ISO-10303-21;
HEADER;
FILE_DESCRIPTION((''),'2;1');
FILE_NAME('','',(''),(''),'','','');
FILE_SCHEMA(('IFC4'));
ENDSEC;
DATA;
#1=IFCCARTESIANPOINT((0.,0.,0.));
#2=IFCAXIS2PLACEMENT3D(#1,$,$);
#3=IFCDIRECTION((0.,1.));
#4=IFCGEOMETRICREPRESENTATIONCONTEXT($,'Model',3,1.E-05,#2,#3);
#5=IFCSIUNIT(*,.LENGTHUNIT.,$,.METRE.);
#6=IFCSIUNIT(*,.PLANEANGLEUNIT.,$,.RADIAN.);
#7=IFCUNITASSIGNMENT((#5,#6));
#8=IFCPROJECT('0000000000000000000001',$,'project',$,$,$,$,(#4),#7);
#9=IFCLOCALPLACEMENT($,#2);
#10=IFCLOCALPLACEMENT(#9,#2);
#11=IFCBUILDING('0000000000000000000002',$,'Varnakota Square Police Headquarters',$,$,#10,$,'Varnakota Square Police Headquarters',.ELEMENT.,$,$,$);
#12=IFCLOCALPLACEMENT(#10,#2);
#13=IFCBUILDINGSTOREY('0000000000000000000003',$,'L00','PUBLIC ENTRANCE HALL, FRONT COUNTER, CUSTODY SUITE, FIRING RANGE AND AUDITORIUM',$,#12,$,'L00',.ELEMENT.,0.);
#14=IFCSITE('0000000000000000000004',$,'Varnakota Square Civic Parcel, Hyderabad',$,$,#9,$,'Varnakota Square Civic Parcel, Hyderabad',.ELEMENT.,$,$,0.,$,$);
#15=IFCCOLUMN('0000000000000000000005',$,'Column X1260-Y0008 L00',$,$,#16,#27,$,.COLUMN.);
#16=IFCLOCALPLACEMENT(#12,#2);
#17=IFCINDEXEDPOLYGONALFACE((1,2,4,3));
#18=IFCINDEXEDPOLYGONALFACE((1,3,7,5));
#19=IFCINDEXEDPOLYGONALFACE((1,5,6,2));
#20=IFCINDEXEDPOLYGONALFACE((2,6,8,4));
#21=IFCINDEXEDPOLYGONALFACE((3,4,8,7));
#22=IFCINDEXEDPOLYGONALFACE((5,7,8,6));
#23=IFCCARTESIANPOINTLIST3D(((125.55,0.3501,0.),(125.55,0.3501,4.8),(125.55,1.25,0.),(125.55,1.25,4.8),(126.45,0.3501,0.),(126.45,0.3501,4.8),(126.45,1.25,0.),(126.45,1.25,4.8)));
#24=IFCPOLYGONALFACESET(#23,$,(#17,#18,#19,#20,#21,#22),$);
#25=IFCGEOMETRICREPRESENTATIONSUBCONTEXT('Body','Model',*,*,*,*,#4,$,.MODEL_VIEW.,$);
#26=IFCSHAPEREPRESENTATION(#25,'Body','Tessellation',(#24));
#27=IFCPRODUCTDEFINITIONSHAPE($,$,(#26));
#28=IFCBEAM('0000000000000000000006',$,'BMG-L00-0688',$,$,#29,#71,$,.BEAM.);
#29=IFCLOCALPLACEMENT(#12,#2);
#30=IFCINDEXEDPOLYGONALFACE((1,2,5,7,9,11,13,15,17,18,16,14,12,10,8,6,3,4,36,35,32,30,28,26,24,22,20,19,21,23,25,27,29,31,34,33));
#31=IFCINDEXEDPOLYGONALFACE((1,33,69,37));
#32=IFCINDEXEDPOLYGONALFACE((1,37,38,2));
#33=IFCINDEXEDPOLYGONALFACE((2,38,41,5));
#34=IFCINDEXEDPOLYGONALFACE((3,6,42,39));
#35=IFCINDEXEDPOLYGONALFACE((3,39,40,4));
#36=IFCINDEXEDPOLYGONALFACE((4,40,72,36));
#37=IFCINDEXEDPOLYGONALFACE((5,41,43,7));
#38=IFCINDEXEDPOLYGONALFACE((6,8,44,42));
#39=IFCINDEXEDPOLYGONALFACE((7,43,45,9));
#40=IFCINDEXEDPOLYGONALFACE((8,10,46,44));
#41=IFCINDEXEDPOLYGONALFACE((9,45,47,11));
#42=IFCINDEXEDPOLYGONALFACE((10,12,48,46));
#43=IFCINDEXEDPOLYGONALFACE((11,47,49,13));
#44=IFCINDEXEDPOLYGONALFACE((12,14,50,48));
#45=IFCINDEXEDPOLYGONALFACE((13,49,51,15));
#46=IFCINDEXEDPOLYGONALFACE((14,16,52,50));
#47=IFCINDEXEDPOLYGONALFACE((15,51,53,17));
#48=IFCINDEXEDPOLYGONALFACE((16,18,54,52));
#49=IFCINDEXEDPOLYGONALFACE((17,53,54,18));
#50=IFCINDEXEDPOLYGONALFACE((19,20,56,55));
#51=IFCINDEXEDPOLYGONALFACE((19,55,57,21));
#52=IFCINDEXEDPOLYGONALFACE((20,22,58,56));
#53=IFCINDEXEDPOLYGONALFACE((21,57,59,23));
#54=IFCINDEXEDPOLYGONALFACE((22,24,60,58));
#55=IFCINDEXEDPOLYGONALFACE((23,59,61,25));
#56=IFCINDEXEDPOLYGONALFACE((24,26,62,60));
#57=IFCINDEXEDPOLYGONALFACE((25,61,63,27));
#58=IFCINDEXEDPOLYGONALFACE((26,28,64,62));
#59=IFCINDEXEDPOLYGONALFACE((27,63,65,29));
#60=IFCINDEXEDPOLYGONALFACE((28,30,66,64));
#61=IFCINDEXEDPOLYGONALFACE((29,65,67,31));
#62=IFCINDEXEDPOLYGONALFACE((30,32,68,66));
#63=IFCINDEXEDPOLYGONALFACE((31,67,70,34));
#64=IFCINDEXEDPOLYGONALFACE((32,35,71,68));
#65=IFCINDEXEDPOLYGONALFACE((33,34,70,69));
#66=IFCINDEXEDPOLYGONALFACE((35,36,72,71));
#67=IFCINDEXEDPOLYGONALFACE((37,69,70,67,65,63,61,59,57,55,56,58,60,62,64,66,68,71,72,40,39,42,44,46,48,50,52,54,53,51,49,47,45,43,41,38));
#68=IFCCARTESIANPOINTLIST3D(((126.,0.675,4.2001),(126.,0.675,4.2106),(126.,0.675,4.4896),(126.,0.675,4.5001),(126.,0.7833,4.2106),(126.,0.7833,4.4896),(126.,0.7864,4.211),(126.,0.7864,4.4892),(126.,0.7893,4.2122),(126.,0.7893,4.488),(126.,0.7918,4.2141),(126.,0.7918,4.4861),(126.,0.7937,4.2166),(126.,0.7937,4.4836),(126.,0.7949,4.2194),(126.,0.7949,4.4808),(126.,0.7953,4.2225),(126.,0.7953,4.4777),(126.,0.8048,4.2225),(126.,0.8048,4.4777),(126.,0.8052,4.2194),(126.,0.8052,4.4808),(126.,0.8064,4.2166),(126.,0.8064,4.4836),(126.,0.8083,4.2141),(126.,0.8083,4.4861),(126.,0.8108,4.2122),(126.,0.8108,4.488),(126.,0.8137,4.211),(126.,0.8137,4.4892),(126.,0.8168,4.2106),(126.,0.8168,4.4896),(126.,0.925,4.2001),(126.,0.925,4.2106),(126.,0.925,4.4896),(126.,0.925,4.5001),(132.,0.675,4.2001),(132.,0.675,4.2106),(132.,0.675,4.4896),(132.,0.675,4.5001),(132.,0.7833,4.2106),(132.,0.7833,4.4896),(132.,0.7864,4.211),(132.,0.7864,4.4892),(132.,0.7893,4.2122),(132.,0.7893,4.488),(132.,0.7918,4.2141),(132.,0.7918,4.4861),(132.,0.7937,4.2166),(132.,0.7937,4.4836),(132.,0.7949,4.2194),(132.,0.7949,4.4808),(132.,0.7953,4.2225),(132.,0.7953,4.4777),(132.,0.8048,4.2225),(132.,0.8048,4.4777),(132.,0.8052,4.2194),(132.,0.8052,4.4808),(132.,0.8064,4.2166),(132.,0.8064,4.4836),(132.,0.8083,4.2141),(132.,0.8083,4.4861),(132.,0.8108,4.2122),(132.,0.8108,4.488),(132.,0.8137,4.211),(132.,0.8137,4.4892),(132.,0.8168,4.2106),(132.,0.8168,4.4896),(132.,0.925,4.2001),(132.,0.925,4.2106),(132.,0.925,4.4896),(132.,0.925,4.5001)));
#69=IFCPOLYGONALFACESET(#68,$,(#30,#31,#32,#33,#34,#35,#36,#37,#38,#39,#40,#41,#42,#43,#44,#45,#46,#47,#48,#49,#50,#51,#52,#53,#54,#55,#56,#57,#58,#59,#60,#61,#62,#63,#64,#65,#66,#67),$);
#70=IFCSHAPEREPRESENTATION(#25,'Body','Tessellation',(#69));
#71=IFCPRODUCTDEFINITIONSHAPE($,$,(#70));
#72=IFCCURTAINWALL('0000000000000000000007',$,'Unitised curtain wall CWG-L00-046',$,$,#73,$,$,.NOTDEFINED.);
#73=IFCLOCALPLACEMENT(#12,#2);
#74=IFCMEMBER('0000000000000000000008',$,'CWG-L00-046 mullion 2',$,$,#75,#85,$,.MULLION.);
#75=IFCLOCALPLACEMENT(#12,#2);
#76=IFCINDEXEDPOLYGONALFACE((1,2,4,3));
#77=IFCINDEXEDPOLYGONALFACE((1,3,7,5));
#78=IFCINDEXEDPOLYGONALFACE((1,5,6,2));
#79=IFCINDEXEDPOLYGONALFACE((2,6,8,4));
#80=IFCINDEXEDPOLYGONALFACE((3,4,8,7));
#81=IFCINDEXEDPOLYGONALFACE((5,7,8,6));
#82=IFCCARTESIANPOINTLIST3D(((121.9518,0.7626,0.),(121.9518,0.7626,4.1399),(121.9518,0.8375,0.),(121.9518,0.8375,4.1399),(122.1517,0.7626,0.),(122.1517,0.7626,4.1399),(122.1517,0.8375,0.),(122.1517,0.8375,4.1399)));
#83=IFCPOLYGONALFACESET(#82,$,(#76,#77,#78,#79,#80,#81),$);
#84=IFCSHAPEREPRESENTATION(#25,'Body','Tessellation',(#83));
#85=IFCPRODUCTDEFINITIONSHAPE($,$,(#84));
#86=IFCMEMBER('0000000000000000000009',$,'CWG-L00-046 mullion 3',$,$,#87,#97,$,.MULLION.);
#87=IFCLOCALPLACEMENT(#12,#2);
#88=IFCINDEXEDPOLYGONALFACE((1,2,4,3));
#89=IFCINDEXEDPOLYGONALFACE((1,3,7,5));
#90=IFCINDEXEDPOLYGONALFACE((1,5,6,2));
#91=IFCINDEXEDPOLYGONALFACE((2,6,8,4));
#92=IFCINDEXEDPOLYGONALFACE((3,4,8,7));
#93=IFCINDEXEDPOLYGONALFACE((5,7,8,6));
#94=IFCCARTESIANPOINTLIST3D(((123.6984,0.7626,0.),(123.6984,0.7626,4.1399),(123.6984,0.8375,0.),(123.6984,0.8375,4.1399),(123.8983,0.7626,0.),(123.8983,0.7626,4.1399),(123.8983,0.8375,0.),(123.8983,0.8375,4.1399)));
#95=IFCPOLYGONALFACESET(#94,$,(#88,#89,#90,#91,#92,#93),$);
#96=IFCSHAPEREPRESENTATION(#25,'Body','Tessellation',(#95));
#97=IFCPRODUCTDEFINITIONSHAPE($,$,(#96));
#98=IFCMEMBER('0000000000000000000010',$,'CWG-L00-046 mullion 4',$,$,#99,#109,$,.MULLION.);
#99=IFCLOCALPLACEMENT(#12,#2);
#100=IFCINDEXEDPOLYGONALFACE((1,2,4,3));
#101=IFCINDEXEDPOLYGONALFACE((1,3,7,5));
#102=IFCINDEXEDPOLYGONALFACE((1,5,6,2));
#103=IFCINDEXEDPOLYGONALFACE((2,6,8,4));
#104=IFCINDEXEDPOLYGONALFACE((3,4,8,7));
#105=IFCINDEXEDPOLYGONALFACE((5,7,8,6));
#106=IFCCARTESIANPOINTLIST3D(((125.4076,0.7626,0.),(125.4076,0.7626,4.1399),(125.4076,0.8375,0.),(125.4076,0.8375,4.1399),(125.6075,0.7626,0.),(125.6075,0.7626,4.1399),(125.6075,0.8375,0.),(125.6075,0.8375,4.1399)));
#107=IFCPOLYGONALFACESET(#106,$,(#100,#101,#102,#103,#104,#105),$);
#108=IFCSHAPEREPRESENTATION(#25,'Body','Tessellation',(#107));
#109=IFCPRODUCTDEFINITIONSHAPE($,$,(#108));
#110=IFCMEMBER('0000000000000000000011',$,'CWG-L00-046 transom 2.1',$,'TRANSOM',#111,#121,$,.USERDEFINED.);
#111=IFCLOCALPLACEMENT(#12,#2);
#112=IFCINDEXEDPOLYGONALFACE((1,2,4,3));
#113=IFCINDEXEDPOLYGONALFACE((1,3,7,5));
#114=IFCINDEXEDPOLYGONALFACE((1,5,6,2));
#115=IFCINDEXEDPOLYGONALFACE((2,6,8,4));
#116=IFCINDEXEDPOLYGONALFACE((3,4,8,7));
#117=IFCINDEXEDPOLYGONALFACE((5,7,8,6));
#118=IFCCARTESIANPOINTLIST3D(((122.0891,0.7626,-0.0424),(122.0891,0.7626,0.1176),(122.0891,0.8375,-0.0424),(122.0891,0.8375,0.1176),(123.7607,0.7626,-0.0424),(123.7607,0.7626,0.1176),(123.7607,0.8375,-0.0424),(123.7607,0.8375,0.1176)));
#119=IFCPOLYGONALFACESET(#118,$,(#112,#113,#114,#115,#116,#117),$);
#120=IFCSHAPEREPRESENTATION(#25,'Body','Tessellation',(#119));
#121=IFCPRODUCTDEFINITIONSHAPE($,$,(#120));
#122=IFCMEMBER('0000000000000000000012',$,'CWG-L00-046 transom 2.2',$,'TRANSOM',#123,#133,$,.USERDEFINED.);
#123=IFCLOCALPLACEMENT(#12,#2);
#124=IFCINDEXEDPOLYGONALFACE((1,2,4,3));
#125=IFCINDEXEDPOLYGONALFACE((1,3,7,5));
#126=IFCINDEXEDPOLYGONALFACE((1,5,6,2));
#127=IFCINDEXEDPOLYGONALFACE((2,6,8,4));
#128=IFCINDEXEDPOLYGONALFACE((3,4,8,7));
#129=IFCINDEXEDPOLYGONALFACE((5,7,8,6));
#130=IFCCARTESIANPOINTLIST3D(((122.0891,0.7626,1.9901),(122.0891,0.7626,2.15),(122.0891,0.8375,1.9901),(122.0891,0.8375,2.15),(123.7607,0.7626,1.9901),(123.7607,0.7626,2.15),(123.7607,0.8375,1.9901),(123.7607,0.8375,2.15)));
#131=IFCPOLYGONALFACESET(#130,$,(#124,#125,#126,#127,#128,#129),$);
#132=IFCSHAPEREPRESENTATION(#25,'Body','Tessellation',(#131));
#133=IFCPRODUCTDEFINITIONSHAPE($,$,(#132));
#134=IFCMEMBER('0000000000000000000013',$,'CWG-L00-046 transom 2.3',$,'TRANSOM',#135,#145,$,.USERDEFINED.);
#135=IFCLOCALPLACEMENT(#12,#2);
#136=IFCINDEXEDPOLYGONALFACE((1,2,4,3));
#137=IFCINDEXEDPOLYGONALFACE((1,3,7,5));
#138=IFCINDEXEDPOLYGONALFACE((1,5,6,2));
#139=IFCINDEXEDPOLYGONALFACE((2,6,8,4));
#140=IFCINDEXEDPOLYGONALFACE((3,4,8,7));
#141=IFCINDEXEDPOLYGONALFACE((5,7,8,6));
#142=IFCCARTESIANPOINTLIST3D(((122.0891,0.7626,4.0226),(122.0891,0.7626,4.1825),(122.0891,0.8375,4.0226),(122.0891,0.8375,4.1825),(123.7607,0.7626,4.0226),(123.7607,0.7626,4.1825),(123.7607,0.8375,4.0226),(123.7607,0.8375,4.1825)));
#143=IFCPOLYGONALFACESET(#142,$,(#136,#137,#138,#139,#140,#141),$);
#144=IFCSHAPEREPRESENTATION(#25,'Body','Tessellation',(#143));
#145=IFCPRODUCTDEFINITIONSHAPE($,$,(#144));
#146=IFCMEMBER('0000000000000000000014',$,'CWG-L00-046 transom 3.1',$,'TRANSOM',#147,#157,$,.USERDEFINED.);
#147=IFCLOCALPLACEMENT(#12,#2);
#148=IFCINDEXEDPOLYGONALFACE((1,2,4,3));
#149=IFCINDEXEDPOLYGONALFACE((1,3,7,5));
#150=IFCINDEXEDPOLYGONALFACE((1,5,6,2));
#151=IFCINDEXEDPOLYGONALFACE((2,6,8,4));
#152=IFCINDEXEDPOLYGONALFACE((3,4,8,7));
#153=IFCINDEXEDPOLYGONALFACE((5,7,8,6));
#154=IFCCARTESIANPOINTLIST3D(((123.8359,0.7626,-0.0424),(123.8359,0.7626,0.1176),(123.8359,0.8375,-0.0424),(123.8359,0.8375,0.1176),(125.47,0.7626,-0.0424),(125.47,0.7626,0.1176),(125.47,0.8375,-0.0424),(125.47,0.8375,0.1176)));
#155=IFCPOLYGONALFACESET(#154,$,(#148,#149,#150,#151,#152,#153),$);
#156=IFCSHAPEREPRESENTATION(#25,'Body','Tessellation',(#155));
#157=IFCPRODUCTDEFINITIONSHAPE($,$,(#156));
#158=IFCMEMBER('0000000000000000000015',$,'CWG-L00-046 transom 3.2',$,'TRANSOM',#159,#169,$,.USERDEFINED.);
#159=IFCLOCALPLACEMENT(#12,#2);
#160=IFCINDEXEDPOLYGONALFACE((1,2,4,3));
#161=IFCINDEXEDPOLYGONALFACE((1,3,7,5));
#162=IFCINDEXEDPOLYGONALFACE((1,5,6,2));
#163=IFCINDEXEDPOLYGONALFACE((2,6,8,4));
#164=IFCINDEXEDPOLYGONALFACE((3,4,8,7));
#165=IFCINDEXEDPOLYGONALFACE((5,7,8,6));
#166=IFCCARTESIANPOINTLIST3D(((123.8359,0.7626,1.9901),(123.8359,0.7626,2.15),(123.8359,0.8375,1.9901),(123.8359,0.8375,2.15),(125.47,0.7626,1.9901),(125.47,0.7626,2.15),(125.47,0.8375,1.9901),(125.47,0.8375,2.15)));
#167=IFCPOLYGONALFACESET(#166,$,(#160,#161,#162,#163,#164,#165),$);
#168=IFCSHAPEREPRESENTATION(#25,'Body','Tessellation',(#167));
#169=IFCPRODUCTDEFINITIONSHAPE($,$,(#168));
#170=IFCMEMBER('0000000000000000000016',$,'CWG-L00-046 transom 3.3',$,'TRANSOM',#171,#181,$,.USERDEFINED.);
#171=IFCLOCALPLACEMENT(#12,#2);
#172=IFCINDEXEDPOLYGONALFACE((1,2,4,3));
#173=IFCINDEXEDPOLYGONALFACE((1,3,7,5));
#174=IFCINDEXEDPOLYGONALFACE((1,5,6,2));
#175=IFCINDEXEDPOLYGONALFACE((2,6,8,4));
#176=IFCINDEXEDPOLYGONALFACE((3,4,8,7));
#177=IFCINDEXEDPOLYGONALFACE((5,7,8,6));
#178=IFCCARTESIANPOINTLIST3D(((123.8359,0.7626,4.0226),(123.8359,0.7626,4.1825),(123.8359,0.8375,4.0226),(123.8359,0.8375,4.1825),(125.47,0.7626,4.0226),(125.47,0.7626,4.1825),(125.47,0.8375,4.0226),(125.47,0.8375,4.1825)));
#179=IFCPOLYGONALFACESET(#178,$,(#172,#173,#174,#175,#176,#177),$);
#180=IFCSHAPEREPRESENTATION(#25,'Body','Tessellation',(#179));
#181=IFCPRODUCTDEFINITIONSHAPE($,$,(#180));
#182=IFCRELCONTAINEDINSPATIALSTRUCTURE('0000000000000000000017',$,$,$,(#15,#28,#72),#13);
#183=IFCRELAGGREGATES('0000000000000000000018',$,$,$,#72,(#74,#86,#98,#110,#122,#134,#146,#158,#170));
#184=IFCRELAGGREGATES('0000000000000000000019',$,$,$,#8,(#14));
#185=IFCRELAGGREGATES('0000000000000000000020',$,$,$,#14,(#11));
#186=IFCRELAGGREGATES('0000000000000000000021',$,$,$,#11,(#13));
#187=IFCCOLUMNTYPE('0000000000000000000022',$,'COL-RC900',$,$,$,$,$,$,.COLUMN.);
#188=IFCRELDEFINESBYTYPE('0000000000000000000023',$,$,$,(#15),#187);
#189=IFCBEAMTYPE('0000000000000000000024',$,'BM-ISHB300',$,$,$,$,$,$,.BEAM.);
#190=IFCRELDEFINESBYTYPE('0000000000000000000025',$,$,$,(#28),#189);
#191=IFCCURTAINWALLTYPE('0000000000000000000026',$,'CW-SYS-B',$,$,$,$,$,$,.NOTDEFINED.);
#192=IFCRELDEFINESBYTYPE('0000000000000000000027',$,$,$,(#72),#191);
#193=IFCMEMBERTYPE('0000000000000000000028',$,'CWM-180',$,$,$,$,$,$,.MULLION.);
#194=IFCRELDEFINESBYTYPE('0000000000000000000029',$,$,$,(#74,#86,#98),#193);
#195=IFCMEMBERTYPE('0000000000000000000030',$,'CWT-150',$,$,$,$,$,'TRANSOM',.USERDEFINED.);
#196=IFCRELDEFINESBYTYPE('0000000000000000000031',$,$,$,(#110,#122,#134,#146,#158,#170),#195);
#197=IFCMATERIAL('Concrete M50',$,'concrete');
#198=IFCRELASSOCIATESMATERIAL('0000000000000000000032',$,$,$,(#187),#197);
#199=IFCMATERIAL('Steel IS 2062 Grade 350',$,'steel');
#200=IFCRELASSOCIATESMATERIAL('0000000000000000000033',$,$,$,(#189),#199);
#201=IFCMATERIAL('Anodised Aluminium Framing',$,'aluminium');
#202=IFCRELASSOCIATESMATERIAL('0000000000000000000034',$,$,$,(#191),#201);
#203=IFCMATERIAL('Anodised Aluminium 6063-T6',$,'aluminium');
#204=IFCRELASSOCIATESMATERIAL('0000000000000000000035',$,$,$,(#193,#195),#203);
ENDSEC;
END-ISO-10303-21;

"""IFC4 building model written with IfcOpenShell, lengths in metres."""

from ifc_helpers import new_model, si_unit, direction, frame, origin, origin_2d, place, context, subcontext, project, spatial, rectangle, i_section, extrude, material, material_profile, profile_set, type_object, element, aggregate, save


model = new_model("IFC4")

# Units and contexts
model_context = context("Model", 3, precision=1e-05, world=origin(), true_north=direction((0.0, 1.0)))
body_context = subcontext(model_context, "Body", "Model", "MODEL_VIEW")
ifc_project = project(units=[si_unit("LENGTHUNIT", "METRE"), si_unit("PLANEANGLEUNIT", "RADIAN")], contexts=[model_context])

# Site, building, storey
site_placement = place(None, origin())
site = spatial("IfcSite", under=ifc_project, at=site_placement, Name="Varnakota Square Civic Parcel, Hyderabad", LongName="Varnakota Square Civic Parcel, Hyderabad", CompositionType="ELEMENT", RefElevation=0.0)
building_placement = place(site_placement, origin())
building = spatial("IfcBuilding", under=site, at=building_placement, Name="Varnakota Square Police Headquarters", LongName="Varnakota Square Police Headquarters", CompositionType="ELEMENT")
storey_placement = place(building_placement, origin())
storey = spatial("IfcBuildingStorey", under=building, at=storey_placement, Name="L00", Description="PUBLIC ENTRANCE HALL, FRONT COUNTER, CUSTODY SUITE, FIRING RANGE AND AUDITORIUM", LongName="L00", CompositionType="ELEMENT", Elevation=0.0)

# Column
ifc_material_1 = material(Name="Concrete M50", Category="concrete")
ifc_material_profile_1 = material_profile(ifc_material_1, rectangle(XDim=0.8999, YDim=0.8999, at=origin_2d()), Name="RC 900x900")
ifc_profile_set_1 = profile_set([ifc_material_profile_1], Name="Concrete M50")
column_type = type_object("IfcColumnType", Name="COL-RC900", PredefinedType="COLUMN", material=ifc_profile_set_1)
column_placement = place(storey_placement, frame((126.0, 0.8, 0.0), z_axis=(0.0, 0.0, 1.0), x_axis=(1.0, 0.0, 0.0)))
element("IfcColumn", 1, at=column_placement, inside=storey, type_object=column_type, Name="Column X1260-Y0008 L00", PredefinedType="COLUMN", context=body_context, shape_type="SweptSolid", body=[
    extrude(rectangle(XDim=0.8999, YDim=0.8999, at=origin_2d()), origin(), (0.0, 0.0, 1.0), 4.8),
])

# Beam
ifc_material_2 = material(Name="Steel IS 2062 Grade 350", Category="steel")
ifc_material_profile_2 = material_profile(ifc_material_2, i_section(OverallWidth=0.25, OverallDepth=0.3, WebThickness=0.0095, FlangeThickness=0.0105, FilletRadius=0.012, at=origin_2d()), Name="ISHB 300")
ifc_profile_set_2 = profile_set([ifc_material_profile_2], Name="Steel IS 2062 Grade 350")
beam_type = type_object("IfcBeamType", Name="BM-ISHB300", PredefinedType="BEAM", material=ifc_profile_set_2)
beam_placement = place(storey_placement, frame((126.0, 0.8, 4.3501), z_axis=(1.0, 0.0, 0.0), x_axis=(0.0, 1.0, 0.0)))
element("IfcBeam", 2, at=beam_placement, inside=storey, type_object=beam_type, Name="BMG-L00-0688", PredefinedType="BEAM", context=body_context, shape_type="SweptSolid", body=[
    extrude(i_section(OverallWidth=0.25, OverallDepth=0.3, WebThickness=0.0095, FlangeThickness=0.0105, FilletRadius=0.012, at=origin_2d()), origin(), (0.0, 0.0, 1.0), 6.0),
])

# Curtain wall, members
ifc_material_3 = material(Name="Anodised Aluminium Framing", Category="aluminium")
curtain_wall_type = type_object("IfcCurtainWallType", Name="CW-SYS-B", PredefinedType="NOTDEFINED", material=ifc_material_3)
curtain_wall_placement = place(storey_placement, origin())
curtain_wall = element("IfcCurtainWall", 3, at=curtain_wall_placement, inside=storey, type_object=curtain_wall_type, Name="Unitised curtain wall CWG-L00-046", PredefinedType="NOTDEFINED")
ifc_material_4 = material(Name="Anodised Aluminium 6063-T6", Category="aluminium")
ifc_material_profile_3 = material_profile(ifc_material_4, rectangle(XDim=0.075, YDim=0.2, at=origin_2d()), Name="ALU MULLION 75x200")
ifc_profile_set_3 = profile_set([ifc_material_profile_3], Name="Anodised Aluminium 6063-T6")
member_type_1 = type_object("IfcMemberType", Name="CWM-180", PredefinedType="MULLION", material=ifc_profile_set_3)
member_1_placement = place(storey_placement, frame((122.0518, 0.8, 0.0), z_axis=(0.0, 0.0, 1.0), x_axis=(0.0, 1.0, 0.0)))
member_1 = element("IfcMember", 4, at=member_1_placement, type_object=member_type_1, Name="CWG-L00-046 mullion 2", PredefinedType="MULLION", context=body_context, shape_type="SweptSolid", body=[
    extrude(rectangle(XDim=0.075, YDim=0.2, at=origin_2d()), origin(), (0.0, 0.0, 1.0), 4.1399),
])
member_2_placement = place(storey_placement, frame((123.7983, 0.8, 0.0), z_axis=(0.0, 0.0, 1.0), x_axis=(0.0, 1.0, 0.0)))
member_2 = element("IfcMember", 5, at=member_2_placement, type_object=member_type_1, Name="CWG-L00-046 mullion 3", PredefinedType="MULLION", context=body_context, shape_type="SweptSolid", body=[
    extrude(rectangle(XDim=0.075, YDim=0.2, at=origin_2d()), origin(), (0.0, 0.0, 1.0), 4.1399),
])
member_3_placement = place(storey_placement, frame((125.5076, 0.8, 0.0), z_axis=(0.0, 0.0, 1.0), x_axis=(0.0, 1.0, 0.0)))
member_3 = element("IfcMember", 6, at=member_3_placement, type_object=member_type_1, Name="CWG-L00-046 mullion 4", PredefinedType="MULLION", context=body_context, shape_type="SweptSolid", body=[
    extrude(rectangle(XDim=0.075, YDim=0.2, at=origin_2d()), origin(), (0.0, 0.0, 1.0), 4.1399),
])
ifc_material_profile_4 = material_profile(ifc_material_4, rectangle(XDim=0.075, YDim=0.1599, at=origin_2d()), Name="ALU TRANSOM 75x160")
ifc_profile_set_4 = profile_set([ifc_material_profile_4], Name="Anodised Aluminium 6063-T6")
member_type_2 = type_object("IfcMemberType", Name="CWT-150", ElementType="TRANSOM", PredefinedType="USERDEFINED", material=ifc_profile_set_4)
member_4_placement = place(storey_placement, frame((122.0891, 0.8, 0.0376), z_axis=(1.0, 0.0, 0.0), x_axis=(0.0, 1.0, 0.0)))
member_4 = element("IfcMember", 7, at=member_4_placement, type_object=member_type_2, Name="CWG-L00-046 transom 2.1", ObjectType="TRANSOM", PredefinedType="USERDEFINED", context=body_context, shape_type="SweptSolid", body=[
    extrude(rectangle(XDim=0.075, YDim=0.1599, at=origin_2d()), origin(), (0.0, 0.0, 1.0), 1.6716),
])
member_5_placement = place(storey_placement, frame((122.0891, 0.8, 2.0701), z_axis=(1.0, 0.0, 0.0), x_axis=(0.0, 1.0, 0.0)))
member_5 = element("IfcMember", 8, at=member_5_placement, type_object=member_type_2, Name="CWG-L00-046 transom 2.2", ObjectType="TRANSOM", PredefinedType="USERDEFINED", context=body_context, shape_type="SweptSolid", body=[
    extrude(rectangle(XDim=0.075, YDim=0.1599, at=origin_2d()), origin(), (0.0, 0.0, 1.0), 1.6716),
])
member_6_placement = place(storey_placement, frame((122.0891, 0.8, 4.1025), z_axis=(1.0, 0.0, 0.0), x_axis=(0.0, 1.0, 0.0)))
member_6 = element("IfcMember", 9, at=member_6_placement, type_object=member_type_2, Name="CWG-L00-046 transom 2.3", ObjectType="TRANSOM", PredefinedType="USERDEFINED", context=body_context, shape_type="SweptSolid", body=[
    extrude(rectangle(XDim=0.075, YDim=0.1599, at=origin_2d()), origin(), (0.0, 0.0, 1.0), 1.6716),
])
member_7_placement = place(storey_placement, frame((123.8359, 0.8, 0.0376), z_axis=(1.0, 0.0, 0.0), x_axis=(0.0, 1.0, 0.0)))
member_7 = element("IfcMember", 10, at=member_7_placement, type_object=member_type_2, Name="CWG-L00-046 transom 3.1", ObjectType="TRANSOM", PredefinedType="USERDEFINED", context=body_context, shape_type="SweptSolid", body=[
    extrude(rectangle(XDim=0.075, YDim=0.1599, at=origin_2d()), origin(), (0.0, 0.0, 1.0), 1.634),
])
member_8_placement = place(storey_placement, frame((123.8359, 0.8, 2.0701), z_axis=(1.0, 0.0, 0.0), x_axis=(0.0, 1.0, 0.0)))
member_8 = element("IfcMember", 11, at=member_8_placement, type_object=member_type_2, Name="CWG-L00-046 transom 3.2", ObjectType="TRANSOM", PredefinedType="USERDEFINED", context=body_context, shape_type="SweptSolid", body=[
    extrude(rectangle(XDim=0.075, YDim=0.1599, at=origin_2d()), origin(), (0.0, 0.0, 1.0), 1.634),
])
member_9_placement = place(storey_placement, frame((123.8359, 0.8, 4.1025), z_axis=(1.0, 0.0, 0.0), x_axis=(0.0, 1.0, 0.0)))
member_9 = element("IfcMember", 12, at=member_9_placement, type_object=member_type_2, Name="CWG-L00-046 transom 3.3", ObjectType="TRANSOM", PredefinedType="USERDEFINED", context=body_context, shape_type="SweptSolid", body=[
    extrude(rectangle(XDim=0.075, YDim=0.1599, at=origin_2d()), origin(), (0.0, 0.0, 1.0), 1.634),
])
aggregate(curtain_wall, [member_1, member_2, member_3, member_4, member_5, member_6, member_7, member_8, member_9])

save(model, "model.ifc")
